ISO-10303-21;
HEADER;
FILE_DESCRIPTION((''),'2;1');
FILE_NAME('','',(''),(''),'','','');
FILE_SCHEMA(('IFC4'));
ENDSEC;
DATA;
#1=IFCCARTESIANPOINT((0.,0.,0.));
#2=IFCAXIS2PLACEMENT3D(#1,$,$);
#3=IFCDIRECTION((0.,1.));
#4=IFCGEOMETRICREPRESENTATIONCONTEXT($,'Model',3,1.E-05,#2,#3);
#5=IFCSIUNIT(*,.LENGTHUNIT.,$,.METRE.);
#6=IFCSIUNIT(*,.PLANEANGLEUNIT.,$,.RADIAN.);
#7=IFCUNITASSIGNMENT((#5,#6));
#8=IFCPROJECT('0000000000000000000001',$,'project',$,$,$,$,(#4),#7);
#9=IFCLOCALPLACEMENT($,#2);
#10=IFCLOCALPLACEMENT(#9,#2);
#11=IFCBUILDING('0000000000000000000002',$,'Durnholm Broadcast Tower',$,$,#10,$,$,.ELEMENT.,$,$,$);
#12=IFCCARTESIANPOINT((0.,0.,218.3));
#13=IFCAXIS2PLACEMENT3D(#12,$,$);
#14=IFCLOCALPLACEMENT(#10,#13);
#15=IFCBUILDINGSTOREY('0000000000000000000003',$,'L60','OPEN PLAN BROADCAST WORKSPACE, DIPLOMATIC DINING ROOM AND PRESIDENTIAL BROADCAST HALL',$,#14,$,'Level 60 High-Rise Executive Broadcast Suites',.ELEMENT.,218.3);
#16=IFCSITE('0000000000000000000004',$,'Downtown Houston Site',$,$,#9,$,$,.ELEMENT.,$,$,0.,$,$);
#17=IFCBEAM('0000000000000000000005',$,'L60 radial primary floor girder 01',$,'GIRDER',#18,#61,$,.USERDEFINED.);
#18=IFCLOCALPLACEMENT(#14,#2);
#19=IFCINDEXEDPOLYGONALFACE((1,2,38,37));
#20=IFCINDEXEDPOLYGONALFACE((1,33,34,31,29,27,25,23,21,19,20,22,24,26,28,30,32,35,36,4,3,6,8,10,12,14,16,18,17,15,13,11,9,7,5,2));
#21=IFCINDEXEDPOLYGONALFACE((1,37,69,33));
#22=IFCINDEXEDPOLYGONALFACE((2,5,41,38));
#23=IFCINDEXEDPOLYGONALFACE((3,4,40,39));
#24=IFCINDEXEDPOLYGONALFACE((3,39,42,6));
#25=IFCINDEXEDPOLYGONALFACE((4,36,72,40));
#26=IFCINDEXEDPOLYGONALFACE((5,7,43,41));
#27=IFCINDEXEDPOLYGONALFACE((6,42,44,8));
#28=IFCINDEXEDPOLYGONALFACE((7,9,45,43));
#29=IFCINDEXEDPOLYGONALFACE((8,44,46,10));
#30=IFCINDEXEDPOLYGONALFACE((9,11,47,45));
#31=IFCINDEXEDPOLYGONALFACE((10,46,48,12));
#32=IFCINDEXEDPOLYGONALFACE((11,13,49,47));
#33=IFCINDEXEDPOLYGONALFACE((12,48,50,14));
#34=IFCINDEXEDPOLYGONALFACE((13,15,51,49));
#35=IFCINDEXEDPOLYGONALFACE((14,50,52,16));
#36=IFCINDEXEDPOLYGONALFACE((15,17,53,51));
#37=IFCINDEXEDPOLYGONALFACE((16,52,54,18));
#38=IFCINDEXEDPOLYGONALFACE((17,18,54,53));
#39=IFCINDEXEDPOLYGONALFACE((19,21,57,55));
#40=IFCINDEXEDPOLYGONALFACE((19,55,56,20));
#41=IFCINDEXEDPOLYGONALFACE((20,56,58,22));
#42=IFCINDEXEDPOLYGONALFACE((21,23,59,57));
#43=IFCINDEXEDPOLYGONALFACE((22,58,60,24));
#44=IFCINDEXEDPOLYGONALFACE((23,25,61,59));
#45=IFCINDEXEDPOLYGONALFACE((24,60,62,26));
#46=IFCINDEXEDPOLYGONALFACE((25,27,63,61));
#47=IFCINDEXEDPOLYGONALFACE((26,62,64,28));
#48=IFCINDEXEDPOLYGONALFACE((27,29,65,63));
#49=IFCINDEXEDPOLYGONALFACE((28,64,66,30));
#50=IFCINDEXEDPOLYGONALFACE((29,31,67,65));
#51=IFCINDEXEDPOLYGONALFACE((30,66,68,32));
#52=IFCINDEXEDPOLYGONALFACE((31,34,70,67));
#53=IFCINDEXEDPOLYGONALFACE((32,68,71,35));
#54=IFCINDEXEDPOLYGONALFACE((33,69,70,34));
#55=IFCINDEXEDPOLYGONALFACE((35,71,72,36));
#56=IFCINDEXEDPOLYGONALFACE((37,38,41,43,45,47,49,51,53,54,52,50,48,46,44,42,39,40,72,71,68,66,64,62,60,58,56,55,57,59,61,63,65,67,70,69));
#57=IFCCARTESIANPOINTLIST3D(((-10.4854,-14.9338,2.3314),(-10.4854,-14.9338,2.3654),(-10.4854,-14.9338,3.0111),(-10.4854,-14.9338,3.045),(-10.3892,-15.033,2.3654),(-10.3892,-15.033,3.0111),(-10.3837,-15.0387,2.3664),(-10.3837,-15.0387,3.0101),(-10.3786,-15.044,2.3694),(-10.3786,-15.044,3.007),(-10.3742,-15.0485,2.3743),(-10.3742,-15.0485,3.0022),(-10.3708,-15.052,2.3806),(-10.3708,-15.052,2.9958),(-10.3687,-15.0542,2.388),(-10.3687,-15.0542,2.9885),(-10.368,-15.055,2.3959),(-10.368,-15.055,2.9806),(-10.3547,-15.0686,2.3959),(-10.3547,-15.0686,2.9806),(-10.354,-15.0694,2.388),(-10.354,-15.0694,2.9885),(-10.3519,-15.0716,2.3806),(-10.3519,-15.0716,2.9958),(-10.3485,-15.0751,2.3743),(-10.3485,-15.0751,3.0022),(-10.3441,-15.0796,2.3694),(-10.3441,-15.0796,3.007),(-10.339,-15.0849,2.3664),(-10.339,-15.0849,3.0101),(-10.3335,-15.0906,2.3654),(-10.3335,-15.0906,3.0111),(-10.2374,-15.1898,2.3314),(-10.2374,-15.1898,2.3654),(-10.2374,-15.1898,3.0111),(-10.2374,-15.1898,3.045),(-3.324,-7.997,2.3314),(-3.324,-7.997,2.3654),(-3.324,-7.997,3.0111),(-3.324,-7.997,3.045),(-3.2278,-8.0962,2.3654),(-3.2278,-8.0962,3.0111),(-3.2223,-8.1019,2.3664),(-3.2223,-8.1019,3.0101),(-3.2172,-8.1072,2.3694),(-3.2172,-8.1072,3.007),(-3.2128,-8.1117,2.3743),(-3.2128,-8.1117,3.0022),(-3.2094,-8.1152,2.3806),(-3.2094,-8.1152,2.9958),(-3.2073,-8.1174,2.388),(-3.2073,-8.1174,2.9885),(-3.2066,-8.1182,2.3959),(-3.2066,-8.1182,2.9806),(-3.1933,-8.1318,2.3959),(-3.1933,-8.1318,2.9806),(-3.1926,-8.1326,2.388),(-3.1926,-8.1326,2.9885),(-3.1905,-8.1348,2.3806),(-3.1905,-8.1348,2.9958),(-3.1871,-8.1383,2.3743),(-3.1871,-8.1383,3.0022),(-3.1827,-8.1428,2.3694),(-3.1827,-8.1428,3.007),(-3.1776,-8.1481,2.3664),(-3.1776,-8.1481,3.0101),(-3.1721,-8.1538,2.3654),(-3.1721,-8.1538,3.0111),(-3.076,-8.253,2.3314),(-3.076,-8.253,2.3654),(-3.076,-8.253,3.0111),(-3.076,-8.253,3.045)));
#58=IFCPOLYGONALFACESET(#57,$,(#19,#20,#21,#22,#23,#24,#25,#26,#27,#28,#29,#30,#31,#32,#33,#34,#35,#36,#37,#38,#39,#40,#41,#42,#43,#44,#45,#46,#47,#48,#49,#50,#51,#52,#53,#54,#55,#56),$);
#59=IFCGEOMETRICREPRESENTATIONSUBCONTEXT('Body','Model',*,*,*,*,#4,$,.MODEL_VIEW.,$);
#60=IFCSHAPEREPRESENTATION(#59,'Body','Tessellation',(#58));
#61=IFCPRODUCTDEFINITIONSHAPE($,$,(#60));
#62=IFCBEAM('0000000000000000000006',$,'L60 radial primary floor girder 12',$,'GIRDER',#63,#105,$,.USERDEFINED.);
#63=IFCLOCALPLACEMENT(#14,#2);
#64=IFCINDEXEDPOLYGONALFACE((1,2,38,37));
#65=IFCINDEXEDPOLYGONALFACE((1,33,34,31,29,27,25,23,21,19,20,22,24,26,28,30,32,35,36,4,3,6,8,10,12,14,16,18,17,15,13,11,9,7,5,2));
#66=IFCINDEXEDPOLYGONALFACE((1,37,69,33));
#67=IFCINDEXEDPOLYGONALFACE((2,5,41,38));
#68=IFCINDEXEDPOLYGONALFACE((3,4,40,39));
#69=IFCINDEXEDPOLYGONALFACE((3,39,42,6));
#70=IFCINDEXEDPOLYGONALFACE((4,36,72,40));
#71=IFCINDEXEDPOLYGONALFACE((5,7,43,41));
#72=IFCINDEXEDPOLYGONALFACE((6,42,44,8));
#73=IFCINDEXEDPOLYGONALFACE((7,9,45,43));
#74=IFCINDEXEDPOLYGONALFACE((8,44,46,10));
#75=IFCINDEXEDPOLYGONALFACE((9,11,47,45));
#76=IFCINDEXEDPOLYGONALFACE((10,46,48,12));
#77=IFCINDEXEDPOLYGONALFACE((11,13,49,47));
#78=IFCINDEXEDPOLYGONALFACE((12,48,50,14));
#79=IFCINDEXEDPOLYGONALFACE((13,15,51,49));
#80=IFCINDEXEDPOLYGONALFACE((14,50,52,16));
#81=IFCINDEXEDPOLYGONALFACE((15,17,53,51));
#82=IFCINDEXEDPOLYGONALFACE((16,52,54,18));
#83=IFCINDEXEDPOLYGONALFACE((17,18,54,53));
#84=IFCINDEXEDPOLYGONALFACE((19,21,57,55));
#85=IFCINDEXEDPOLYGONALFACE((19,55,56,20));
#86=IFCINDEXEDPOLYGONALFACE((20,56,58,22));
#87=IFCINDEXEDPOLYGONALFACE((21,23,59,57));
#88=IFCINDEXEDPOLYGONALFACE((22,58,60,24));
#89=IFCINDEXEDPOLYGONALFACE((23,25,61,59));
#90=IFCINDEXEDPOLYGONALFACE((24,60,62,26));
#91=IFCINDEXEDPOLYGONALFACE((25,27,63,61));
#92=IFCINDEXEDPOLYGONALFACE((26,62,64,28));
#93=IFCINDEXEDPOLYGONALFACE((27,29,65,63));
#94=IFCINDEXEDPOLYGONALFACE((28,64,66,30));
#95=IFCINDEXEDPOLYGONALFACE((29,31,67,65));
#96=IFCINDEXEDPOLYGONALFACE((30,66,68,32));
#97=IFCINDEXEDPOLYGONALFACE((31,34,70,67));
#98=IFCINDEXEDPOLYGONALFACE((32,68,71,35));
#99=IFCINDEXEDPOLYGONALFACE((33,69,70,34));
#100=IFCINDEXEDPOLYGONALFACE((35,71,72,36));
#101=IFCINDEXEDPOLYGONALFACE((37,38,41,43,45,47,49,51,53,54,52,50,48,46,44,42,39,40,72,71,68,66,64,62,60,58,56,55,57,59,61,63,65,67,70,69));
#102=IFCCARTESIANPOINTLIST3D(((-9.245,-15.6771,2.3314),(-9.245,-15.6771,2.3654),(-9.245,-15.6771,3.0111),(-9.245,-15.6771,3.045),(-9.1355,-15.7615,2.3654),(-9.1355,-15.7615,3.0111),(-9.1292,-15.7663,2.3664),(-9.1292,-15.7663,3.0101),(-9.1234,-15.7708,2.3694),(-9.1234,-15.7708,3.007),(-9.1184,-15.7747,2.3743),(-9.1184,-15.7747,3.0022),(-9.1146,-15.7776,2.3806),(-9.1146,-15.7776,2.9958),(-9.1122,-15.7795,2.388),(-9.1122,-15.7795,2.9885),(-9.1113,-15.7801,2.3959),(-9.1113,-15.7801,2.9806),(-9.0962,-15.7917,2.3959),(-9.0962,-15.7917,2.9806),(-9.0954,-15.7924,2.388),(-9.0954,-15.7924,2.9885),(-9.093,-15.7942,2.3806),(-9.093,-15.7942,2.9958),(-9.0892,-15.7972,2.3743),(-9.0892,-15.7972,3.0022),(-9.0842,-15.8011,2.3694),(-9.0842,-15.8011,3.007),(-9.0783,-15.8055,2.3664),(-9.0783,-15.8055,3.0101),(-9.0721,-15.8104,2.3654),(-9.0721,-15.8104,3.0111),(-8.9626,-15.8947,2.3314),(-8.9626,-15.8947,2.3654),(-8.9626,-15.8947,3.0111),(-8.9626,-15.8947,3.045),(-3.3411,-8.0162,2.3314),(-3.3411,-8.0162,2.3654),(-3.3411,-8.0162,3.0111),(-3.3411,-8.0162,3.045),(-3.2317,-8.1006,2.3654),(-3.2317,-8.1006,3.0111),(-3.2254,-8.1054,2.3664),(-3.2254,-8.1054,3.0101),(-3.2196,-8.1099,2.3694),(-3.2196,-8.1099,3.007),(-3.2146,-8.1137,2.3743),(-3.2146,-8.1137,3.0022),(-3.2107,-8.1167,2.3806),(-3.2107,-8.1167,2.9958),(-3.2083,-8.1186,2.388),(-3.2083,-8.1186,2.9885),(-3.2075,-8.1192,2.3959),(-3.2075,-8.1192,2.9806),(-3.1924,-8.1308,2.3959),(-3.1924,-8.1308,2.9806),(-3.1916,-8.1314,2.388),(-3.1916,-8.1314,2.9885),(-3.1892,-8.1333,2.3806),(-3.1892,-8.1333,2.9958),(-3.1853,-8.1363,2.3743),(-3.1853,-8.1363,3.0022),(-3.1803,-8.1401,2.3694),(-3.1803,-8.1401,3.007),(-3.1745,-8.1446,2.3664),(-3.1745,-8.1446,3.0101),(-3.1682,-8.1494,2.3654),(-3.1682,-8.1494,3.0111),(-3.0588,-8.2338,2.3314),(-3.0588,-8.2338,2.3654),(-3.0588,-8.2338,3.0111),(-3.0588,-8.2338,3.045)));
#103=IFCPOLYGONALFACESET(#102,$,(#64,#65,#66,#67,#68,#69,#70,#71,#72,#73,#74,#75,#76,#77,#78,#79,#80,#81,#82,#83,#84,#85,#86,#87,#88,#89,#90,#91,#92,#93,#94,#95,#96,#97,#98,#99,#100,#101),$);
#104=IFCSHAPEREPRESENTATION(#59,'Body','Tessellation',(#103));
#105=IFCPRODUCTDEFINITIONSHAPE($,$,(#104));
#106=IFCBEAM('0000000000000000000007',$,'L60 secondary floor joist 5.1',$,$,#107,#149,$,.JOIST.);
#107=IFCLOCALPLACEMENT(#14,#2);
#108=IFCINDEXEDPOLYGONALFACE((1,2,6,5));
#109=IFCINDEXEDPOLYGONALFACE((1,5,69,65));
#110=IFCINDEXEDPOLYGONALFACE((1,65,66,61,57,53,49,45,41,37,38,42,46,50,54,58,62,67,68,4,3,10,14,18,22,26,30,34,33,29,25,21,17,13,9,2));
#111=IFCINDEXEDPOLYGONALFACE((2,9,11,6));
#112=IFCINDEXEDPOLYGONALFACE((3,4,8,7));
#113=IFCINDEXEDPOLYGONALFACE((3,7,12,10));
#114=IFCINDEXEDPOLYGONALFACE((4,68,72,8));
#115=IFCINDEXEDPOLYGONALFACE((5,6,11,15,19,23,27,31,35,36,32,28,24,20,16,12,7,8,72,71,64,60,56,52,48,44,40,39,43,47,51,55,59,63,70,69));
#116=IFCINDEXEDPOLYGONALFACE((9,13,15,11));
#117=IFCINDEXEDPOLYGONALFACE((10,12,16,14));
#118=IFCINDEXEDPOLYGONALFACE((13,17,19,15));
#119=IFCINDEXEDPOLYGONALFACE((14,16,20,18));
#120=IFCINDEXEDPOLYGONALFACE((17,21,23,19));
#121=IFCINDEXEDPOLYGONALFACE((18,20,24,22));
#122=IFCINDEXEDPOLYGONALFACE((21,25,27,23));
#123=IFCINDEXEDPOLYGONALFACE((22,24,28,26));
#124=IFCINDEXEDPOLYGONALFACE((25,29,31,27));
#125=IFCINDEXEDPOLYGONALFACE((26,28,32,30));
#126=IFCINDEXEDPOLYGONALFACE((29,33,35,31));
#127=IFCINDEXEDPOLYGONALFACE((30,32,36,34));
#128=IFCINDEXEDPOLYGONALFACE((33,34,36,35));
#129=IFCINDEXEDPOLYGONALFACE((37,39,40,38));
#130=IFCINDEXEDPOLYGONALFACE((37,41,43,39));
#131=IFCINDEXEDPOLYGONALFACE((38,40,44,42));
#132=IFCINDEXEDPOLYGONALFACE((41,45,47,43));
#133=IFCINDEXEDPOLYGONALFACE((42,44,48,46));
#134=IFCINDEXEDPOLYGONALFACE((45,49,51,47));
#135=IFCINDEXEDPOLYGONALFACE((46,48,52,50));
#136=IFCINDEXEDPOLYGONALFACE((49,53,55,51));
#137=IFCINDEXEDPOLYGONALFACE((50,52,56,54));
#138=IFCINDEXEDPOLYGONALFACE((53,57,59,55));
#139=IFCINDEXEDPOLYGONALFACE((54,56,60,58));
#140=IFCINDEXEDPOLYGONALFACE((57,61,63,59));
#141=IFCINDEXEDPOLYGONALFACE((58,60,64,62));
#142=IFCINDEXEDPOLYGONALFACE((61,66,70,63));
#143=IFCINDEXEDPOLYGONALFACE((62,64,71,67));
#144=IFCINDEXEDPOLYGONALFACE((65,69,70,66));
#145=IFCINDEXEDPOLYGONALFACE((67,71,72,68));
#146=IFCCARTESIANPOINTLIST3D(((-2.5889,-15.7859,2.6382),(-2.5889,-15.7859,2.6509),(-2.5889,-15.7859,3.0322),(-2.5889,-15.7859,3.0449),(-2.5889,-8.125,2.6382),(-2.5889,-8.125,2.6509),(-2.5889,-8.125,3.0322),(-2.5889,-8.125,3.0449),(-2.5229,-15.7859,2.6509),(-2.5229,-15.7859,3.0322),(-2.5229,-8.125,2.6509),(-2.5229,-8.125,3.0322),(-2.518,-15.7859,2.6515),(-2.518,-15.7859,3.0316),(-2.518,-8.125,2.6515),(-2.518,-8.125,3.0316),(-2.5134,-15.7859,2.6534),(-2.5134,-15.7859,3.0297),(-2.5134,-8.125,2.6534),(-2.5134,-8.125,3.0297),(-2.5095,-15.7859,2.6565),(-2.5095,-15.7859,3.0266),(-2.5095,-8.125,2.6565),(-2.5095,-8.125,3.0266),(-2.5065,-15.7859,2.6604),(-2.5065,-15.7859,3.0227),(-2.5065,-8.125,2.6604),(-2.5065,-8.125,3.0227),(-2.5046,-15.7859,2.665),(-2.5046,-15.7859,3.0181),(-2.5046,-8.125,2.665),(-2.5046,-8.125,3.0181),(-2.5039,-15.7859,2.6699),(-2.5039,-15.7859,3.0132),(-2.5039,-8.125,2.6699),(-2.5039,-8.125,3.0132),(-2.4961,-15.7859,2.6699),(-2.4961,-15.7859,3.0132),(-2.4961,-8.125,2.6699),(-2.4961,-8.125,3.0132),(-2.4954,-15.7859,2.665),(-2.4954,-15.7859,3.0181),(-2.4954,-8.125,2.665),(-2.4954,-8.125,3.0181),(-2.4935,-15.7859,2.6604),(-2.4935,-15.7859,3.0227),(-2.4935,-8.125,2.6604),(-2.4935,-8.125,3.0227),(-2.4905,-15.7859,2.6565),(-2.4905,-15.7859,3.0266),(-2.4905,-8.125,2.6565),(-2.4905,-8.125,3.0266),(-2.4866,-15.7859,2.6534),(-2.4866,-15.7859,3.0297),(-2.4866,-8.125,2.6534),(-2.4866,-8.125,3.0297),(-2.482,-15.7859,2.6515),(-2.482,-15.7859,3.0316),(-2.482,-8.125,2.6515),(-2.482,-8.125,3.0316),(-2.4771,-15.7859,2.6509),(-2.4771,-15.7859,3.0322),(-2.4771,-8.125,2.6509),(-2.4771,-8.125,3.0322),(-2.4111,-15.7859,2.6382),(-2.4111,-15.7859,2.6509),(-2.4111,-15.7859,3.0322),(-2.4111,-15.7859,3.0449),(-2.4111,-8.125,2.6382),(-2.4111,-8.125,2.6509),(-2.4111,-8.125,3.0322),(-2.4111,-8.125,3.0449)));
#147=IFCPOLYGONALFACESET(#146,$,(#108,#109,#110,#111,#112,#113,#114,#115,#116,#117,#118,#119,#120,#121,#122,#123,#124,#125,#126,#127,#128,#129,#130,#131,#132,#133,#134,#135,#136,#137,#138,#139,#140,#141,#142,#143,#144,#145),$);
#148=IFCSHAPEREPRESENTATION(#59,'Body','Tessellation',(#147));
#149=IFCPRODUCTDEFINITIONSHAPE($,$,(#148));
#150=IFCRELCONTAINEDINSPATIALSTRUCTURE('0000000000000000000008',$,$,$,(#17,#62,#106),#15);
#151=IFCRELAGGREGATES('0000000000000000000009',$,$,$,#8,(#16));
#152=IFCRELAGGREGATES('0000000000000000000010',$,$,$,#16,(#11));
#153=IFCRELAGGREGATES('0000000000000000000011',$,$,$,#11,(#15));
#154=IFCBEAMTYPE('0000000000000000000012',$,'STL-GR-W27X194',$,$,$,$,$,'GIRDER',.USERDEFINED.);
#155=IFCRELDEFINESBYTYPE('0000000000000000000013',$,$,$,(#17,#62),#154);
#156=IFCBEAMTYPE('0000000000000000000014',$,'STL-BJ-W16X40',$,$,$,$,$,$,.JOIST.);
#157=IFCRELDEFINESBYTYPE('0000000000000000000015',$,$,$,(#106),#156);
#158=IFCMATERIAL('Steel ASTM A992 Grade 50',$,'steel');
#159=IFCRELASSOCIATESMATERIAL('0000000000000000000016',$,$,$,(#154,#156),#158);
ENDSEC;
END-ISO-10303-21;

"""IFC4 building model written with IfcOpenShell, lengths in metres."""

from ifc_helpers import new_model, si_unit, direction, frame, origin, origin_2d, place, context, subcontext, project, spatial, i_section, extrude, source, transform, mapped, material, material_profile, profile_set, type_object, type_shapes, element, save


model = new_model("IFC4")

# Units and contexts
model_context = context("Model", 3, precision=1e-05, world=origin(), true_north=direction((0.0, 1.0)))
body_context = subcontext(model_context, "Body", "Model", "MODEL_VIEW")
ifc_project = project(units=[si_unit("LENGTHUNIT", "METRE"), si_unit("PLANEANGLEUNIT", "RADIAN")], contexts=[model_context])

# Site, building, storey
site_placement = place(None, origin())
site = spatial("IfcSite", under=ifc_project, at=site_placement, Name="Downtown Houston Site", CompositionType="ELEMENT", RefElevation=0.0)
building_placement = place(site_placement, origin())
building = spatial("IfcBuilding", under=site, at=building_placement, Name="Durnholm Broadcast Tower", CompositionType="ELEMENT")
storey_placement = place(building_placement, frame((0.0, 0.0, 218.3)))
storey = spatial("IfcBuildingStorey", under=building, at=storey_placement, Name="L60", Description="OPEN PLAN BROADCAST WORKSPACE, DIPLOMATIC DINING ROOM AND PRESIDENTIAL BROADCAST HALL", LongName="Level 60 High-Rise Executive Broadcast Suites", CompositionType="ELEMENT", Elevation=218.3)

# Beams
ifc_material_1 = material(Name="Steel ASTM A992 Grade 50", Category="steel")
ifc_material_profile_1 = material_profile(ifc_material_1, i_section(OverallWidth=0.3564, OverallDepth=0.7136, WebThickness=0.019, FlangeThickness=0.0339, FilletRadius=0.0305, at=origin_2d()), Name="W27X194")
ifc_profile_set_1 = profile_set([ifc_material_profile_1], Name="Steel ASTM A992 Grade 50")
beam_type_1 = type_object("IfcBeamType", Name="STL-GR-W27X194", ElementType="GIRDER", PredefinedType="USERDEFINED", material=ifc_profile_set_1)
shared_shape_1 = source(origin(), body_context, "Body", "SweptSolid", [
    extrude(i_section(OverallWidth=0.3564, OverallDepth=0.7136, WebThickness=0.019, FlangeThickness=0.0339, FilletRadius=0.0305, at=origin_2d()), origin(), (0.0, 0.0, 1.0), 9.9702),
])
beam_1_placement = place(storey_placement, frame((-3.2, -8.125, 2.6882), z_axis=(-0.718281, -0.695753, 0.0), x_axis=(0.695753, -0.718281, 0.0)))
element("IfcBeam", 1, at=beam_1_placement, inside=storey, type_object=beam_type_1, Name="L60 radial primary floor girder 01", ObjectType="GIRDER", PredefinedType="USERDEFINED", context=body_context, shape_type="MappedRepresentation", body=[
    mapped(shared_shape_1, transform((0.0, 0.0, 0.0), x_axis=(1.0, 0.0, 0.0), y_axis=(0.0, 1.0, 0.0), z_axis=(0.0, 0.0, 1.0), scale=1.0)),
])
shared_shape_2 = source(origin(), body_context, "Body", "SweptSolid", [
    extrude(i_section(OverallWidth=0.3564, OverallDepth=0.7136, WebThickness=0.019, FlangeThickness=0.0339, FilletRadius=0.0305, at=origin_2d()), origin(), (0.0, 0.0, 1.0), 9.6719),
])
type_shapes(beam_type_1, [shared_shape_1, shared_shape_2])
beam_2_placement = place(storey_placement, frame((-3.2, -8.125, 2.6882), z_axis=(-0.610413, -0.792083, 0.0), x_axis=(0.792083, -0.610413, 0.0)))
element("IfcBeam", 2, at=beam_2_placement, inside=storey, type_object=beam_type_1, Name="L60 radial primary floor girder 12", ObjectType="GIRDER", PredefinedType="USERDEFINED", context=body_context, shape_type="MappedRepresentation", body=[
    mapped(shared_shape_2, transform((0.0, 0.0, 0.0), x_axis=(1.0, 0.0, 0.0), y_axis=(0.0, 1.0, 0.0), z_axis=(0.0, 0.0, 1.0), scale=1.0)),
])
ifc_material_profile_2 = material_profile(ifc_material_1, i_section(OverallWidth=0.1777, OverallDepth=0.4067, WebThickness=0.0078, FlangeThickness=0.0127, FilletRadius=0.019, at=origin_2d()), Name="W16X40")
ifc_profile_set_2 = profile_set([ifc_material_profile_2], Name="Steel ASTM A992 Grade 50")
beam_type_2 = type_object("IfcBeamType", Name="STL-BJ-W16X40", PredefinedType="JOIST", material=ifc_profile_set_2)
shared_shape_3 = source(origin(), body_context, "Body", "SweptSolid", [
    extrude(i_section(OverallWidth=0.1777, OverallDepth=0.4067, WebThickness=0.0078, FlangeThickness=0.0127, FilletRadius=0.019, at=origin_2d()), origin(), (0.0, 0.0, 1.0), 7.6609),
])
type_shapes(beam_type_2, [shared_shape_3])
beam_3_placement = place(storey_placement, frame((-2.5, -15.7859, 2.8416), z_axis=(0.0, 1.0, 0.0), x_axis=(-1.0, 0.0, 0.0)))
element("IfcBeam", 3, at=beam_3_placement, inside=storey, type_object=beam_type_2, Name="L60 secondary floor joist 5.1", PredefinedType="JOIST", context=body_context, shape_type="MappedRepresentation", body=[
    mapped(shared_shape_3, transform((0.0, 0.0, 0.0), x_axis=(1.0, 0.0, 0.0), y_axis=(0.0, 1.0, 0.0), z_axis=(0.0, 0.0, 1.0), scale=1.0)),
])

save(model, "model.ifc")
